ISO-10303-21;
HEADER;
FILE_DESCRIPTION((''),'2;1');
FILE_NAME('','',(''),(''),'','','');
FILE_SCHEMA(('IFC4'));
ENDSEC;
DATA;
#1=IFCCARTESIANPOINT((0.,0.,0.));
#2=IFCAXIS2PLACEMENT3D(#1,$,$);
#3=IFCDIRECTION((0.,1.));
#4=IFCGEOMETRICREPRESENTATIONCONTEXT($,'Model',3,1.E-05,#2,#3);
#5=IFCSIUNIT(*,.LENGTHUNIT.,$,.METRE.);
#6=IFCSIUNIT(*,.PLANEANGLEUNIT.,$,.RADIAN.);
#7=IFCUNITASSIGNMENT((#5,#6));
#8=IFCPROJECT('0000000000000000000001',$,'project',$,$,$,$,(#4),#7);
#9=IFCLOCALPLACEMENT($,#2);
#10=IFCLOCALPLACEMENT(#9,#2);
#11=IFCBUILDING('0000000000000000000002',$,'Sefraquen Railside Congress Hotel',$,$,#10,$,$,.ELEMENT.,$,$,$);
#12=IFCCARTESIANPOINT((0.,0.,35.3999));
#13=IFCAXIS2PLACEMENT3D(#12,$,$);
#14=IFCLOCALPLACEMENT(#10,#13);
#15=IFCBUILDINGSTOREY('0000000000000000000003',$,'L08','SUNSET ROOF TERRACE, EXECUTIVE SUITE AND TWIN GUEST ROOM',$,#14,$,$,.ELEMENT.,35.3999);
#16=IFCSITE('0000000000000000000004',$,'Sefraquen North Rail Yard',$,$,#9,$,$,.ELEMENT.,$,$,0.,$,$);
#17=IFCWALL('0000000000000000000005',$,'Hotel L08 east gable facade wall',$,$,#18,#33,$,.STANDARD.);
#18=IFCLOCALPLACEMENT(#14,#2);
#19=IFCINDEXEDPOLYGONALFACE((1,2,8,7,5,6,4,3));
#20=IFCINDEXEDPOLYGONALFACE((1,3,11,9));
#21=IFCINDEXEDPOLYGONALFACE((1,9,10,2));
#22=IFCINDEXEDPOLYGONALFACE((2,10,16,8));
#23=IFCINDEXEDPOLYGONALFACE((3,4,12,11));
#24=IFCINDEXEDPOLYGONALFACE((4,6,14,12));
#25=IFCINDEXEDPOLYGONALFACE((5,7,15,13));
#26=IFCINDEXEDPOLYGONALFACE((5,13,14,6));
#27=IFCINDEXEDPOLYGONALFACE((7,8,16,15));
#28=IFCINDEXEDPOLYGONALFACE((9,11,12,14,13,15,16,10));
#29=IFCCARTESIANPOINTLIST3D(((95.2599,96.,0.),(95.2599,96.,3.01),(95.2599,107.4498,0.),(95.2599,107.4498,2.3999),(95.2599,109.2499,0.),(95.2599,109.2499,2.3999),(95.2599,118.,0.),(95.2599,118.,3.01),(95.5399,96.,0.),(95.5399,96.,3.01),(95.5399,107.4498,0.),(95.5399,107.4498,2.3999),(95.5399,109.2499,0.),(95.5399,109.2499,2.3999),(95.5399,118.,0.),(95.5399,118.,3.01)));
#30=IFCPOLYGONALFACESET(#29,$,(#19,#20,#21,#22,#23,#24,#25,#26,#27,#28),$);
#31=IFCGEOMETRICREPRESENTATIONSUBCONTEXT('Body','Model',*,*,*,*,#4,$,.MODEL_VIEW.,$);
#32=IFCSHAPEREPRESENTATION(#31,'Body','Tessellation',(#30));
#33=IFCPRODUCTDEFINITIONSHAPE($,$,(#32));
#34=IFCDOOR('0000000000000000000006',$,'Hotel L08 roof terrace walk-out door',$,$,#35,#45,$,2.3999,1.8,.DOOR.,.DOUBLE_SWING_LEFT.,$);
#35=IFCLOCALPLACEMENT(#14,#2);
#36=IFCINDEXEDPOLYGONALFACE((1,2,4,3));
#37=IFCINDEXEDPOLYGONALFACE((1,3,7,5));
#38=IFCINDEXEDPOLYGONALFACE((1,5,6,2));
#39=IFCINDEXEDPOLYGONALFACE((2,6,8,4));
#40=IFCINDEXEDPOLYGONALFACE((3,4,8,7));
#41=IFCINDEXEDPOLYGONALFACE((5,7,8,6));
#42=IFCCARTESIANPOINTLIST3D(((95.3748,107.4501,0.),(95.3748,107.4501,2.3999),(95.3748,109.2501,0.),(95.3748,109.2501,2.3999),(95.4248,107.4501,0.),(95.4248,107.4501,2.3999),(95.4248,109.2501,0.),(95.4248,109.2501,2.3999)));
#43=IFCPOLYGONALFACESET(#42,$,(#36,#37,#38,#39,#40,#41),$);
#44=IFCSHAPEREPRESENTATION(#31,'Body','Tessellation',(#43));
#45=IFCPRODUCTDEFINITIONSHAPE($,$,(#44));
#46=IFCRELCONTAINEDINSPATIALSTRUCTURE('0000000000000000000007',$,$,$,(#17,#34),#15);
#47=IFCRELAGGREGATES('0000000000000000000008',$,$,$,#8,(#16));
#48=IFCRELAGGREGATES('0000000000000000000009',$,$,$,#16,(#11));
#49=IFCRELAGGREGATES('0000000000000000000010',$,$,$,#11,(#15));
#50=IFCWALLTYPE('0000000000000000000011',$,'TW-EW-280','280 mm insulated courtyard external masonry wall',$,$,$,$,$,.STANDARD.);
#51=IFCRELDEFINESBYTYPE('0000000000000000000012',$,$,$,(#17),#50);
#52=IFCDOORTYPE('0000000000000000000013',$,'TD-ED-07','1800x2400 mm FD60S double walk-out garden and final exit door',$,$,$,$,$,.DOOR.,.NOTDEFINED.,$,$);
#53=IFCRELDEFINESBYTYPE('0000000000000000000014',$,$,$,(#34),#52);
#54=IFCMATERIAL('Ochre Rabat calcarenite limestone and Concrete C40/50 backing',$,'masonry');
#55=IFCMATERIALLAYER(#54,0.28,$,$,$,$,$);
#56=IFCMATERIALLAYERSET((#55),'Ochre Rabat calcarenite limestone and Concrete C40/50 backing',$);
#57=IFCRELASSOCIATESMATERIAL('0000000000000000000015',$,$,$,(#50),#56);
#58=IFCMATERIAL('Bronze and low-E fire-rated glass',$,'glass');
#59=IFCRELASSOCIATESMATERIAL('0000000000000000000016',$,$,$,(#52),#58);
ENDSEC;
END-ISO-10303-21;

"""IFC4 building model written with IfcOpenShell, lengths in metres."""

from ifc_helpers import new_model, si_unit, direction, frame, frame_2d, origin, place, context, subcontext, project, spatial, rectangle, extrude, material, layer, layer_set, type_object, element, fill, save


model = new_model("IFC4")

# Units and contexts
model_context = context("Model", 3, precision=1e-05, world=origin(), true_north=direction((0.0, 1.0)))
body_context = subcontext(model_context, "Body", "Model", "MODEL_VIEW")
ifc_project = project(units=[si_unit("LENGTHUNIT", "METRE"), si_unit("PLANEANGLEUNIT", "RADIAN")], contexts=[model_context])

# Site, building, storey
site_placement = place(None, origin())
site = spatial("IfcSite", under=ifc_project, at=site_placement, Name="Sefraquen North Rail Yard", CompositionType="ELEMENT", RefElevation=0.0)
building_placement = place(site_placement, origin())
building = spatial("IfcBuilding", under=site, at=building_placement, Name="Sefraquen Railside Congress Hotel", CompositionType="ELEMENT")
storey_placement = place(building_placement, frame((0.0, 0.0, 35.3999)))
storey = spatial("IfcBuildingStorey", under=building, at=storey_placement, Name="L08", Description="SUNSET ROOF TERRACE, EXECUTIVE SUITE AND TWIN GUEST ROOM", CompositionType="ELEMENT", Elevation=35.3999)

# Wall, opening, door
ifc_material_1 = material(Name="Ochre Rabat calcarenite limestone and Concrete C40/50 backing", Category="masonry")
ifc_layer = layer(ifc_material_1, 0.28)
ifc_layer_set = layer_set([ifc_layer], Name="Ochre Rabat calcarenite limestone and Concrete C40/50 backing")
wall_type = type_object("IfcWallType", Name="TW-EW-280", Description="280 mm insulated courtyard external masonry wall", PredefinedType="STANDARD", material=ifc_layer_set)
wall_placement = place(storey_placement, frame((95.3999, 96.0, 0.0), z_axis=(0.0, 0.0, 1.0), x_axis=(0.0, 1.0, 0.0)))
wall = element("IfcWall", 1, at=wall_placement, inside=storey, type_object=wall_type, Name="Hotel L08 east gable facade wall", PredefinedType="STANDARD", context=body_context, shape_type="SweptSolid", body=[
    extrude(rectangle(XDim=22.0, YDim=0.28, at=frame_2d((11.0, 0.0))), origin(), (0.0, 0.0, 1.0), 3.01),
])
opening_placement = place(wall_placement, frame((11.45, 0.0, 0.0)))
opening = element("IfcOpeningElement", 2, at=opening_placement, cuts=wall, PredefinedType="OPENING", context=body_context, shape_type="SweptSolid", body=[
    extrude(rectangle(XDim=1.8, YDim=2.3999, at=frame_2d((0.8999, 1.2))), frame((0.0, 0.1499, 0.0), z_axis=(0.0, -1.0, 0.0), x_axis=(1.0, 0.0, 0.0)), (0.0, 0.0, 1.0), 0.3),
])
ifc_material_2 = material(Name="Bronze and low-E fire-rated glass", Category="glass")
door_type = type_object("IfcDoorType", Name="TD-ED-07", Description="1800x2400 mm FD60S double walk-out garden and final exit door", OperationType="NOTDEFINED", PredefinedType="DOOR", material=ifc_material_2)
door_placement = place(opening_placement, frame((1.8, 0.0, 0.0), z_axis=(0.0, 0.0, 1.0), x_axis=(-1.0, 0.0, 0.0)))
door = element("IfcDoor", 3, at=door_placement, inside=storey, type_object=door_type, Name="Hotel L08 roof terrace walk-out door", OperationType="DOUBLE_SWING_LEFT", OverallHeight=2.3999, OverallWidth=1.8, PredefinedType="DOOR", context=body_context, shape_type="SweptSolid", body=[
    extrude(rectangle(XDim=1.8, YDim=2.3999, at=frame_2d((0.8999, 1.2))), frame((0.0, 0.0249, 0.0), z_axis=(0.0, -1.0, 0.0), x_axis=(1.0, 0.0, 0.0)), (0.0, 0.0, 1.0), 0.05),
])
fill(opening, door)

save(model, "model.ifc")
